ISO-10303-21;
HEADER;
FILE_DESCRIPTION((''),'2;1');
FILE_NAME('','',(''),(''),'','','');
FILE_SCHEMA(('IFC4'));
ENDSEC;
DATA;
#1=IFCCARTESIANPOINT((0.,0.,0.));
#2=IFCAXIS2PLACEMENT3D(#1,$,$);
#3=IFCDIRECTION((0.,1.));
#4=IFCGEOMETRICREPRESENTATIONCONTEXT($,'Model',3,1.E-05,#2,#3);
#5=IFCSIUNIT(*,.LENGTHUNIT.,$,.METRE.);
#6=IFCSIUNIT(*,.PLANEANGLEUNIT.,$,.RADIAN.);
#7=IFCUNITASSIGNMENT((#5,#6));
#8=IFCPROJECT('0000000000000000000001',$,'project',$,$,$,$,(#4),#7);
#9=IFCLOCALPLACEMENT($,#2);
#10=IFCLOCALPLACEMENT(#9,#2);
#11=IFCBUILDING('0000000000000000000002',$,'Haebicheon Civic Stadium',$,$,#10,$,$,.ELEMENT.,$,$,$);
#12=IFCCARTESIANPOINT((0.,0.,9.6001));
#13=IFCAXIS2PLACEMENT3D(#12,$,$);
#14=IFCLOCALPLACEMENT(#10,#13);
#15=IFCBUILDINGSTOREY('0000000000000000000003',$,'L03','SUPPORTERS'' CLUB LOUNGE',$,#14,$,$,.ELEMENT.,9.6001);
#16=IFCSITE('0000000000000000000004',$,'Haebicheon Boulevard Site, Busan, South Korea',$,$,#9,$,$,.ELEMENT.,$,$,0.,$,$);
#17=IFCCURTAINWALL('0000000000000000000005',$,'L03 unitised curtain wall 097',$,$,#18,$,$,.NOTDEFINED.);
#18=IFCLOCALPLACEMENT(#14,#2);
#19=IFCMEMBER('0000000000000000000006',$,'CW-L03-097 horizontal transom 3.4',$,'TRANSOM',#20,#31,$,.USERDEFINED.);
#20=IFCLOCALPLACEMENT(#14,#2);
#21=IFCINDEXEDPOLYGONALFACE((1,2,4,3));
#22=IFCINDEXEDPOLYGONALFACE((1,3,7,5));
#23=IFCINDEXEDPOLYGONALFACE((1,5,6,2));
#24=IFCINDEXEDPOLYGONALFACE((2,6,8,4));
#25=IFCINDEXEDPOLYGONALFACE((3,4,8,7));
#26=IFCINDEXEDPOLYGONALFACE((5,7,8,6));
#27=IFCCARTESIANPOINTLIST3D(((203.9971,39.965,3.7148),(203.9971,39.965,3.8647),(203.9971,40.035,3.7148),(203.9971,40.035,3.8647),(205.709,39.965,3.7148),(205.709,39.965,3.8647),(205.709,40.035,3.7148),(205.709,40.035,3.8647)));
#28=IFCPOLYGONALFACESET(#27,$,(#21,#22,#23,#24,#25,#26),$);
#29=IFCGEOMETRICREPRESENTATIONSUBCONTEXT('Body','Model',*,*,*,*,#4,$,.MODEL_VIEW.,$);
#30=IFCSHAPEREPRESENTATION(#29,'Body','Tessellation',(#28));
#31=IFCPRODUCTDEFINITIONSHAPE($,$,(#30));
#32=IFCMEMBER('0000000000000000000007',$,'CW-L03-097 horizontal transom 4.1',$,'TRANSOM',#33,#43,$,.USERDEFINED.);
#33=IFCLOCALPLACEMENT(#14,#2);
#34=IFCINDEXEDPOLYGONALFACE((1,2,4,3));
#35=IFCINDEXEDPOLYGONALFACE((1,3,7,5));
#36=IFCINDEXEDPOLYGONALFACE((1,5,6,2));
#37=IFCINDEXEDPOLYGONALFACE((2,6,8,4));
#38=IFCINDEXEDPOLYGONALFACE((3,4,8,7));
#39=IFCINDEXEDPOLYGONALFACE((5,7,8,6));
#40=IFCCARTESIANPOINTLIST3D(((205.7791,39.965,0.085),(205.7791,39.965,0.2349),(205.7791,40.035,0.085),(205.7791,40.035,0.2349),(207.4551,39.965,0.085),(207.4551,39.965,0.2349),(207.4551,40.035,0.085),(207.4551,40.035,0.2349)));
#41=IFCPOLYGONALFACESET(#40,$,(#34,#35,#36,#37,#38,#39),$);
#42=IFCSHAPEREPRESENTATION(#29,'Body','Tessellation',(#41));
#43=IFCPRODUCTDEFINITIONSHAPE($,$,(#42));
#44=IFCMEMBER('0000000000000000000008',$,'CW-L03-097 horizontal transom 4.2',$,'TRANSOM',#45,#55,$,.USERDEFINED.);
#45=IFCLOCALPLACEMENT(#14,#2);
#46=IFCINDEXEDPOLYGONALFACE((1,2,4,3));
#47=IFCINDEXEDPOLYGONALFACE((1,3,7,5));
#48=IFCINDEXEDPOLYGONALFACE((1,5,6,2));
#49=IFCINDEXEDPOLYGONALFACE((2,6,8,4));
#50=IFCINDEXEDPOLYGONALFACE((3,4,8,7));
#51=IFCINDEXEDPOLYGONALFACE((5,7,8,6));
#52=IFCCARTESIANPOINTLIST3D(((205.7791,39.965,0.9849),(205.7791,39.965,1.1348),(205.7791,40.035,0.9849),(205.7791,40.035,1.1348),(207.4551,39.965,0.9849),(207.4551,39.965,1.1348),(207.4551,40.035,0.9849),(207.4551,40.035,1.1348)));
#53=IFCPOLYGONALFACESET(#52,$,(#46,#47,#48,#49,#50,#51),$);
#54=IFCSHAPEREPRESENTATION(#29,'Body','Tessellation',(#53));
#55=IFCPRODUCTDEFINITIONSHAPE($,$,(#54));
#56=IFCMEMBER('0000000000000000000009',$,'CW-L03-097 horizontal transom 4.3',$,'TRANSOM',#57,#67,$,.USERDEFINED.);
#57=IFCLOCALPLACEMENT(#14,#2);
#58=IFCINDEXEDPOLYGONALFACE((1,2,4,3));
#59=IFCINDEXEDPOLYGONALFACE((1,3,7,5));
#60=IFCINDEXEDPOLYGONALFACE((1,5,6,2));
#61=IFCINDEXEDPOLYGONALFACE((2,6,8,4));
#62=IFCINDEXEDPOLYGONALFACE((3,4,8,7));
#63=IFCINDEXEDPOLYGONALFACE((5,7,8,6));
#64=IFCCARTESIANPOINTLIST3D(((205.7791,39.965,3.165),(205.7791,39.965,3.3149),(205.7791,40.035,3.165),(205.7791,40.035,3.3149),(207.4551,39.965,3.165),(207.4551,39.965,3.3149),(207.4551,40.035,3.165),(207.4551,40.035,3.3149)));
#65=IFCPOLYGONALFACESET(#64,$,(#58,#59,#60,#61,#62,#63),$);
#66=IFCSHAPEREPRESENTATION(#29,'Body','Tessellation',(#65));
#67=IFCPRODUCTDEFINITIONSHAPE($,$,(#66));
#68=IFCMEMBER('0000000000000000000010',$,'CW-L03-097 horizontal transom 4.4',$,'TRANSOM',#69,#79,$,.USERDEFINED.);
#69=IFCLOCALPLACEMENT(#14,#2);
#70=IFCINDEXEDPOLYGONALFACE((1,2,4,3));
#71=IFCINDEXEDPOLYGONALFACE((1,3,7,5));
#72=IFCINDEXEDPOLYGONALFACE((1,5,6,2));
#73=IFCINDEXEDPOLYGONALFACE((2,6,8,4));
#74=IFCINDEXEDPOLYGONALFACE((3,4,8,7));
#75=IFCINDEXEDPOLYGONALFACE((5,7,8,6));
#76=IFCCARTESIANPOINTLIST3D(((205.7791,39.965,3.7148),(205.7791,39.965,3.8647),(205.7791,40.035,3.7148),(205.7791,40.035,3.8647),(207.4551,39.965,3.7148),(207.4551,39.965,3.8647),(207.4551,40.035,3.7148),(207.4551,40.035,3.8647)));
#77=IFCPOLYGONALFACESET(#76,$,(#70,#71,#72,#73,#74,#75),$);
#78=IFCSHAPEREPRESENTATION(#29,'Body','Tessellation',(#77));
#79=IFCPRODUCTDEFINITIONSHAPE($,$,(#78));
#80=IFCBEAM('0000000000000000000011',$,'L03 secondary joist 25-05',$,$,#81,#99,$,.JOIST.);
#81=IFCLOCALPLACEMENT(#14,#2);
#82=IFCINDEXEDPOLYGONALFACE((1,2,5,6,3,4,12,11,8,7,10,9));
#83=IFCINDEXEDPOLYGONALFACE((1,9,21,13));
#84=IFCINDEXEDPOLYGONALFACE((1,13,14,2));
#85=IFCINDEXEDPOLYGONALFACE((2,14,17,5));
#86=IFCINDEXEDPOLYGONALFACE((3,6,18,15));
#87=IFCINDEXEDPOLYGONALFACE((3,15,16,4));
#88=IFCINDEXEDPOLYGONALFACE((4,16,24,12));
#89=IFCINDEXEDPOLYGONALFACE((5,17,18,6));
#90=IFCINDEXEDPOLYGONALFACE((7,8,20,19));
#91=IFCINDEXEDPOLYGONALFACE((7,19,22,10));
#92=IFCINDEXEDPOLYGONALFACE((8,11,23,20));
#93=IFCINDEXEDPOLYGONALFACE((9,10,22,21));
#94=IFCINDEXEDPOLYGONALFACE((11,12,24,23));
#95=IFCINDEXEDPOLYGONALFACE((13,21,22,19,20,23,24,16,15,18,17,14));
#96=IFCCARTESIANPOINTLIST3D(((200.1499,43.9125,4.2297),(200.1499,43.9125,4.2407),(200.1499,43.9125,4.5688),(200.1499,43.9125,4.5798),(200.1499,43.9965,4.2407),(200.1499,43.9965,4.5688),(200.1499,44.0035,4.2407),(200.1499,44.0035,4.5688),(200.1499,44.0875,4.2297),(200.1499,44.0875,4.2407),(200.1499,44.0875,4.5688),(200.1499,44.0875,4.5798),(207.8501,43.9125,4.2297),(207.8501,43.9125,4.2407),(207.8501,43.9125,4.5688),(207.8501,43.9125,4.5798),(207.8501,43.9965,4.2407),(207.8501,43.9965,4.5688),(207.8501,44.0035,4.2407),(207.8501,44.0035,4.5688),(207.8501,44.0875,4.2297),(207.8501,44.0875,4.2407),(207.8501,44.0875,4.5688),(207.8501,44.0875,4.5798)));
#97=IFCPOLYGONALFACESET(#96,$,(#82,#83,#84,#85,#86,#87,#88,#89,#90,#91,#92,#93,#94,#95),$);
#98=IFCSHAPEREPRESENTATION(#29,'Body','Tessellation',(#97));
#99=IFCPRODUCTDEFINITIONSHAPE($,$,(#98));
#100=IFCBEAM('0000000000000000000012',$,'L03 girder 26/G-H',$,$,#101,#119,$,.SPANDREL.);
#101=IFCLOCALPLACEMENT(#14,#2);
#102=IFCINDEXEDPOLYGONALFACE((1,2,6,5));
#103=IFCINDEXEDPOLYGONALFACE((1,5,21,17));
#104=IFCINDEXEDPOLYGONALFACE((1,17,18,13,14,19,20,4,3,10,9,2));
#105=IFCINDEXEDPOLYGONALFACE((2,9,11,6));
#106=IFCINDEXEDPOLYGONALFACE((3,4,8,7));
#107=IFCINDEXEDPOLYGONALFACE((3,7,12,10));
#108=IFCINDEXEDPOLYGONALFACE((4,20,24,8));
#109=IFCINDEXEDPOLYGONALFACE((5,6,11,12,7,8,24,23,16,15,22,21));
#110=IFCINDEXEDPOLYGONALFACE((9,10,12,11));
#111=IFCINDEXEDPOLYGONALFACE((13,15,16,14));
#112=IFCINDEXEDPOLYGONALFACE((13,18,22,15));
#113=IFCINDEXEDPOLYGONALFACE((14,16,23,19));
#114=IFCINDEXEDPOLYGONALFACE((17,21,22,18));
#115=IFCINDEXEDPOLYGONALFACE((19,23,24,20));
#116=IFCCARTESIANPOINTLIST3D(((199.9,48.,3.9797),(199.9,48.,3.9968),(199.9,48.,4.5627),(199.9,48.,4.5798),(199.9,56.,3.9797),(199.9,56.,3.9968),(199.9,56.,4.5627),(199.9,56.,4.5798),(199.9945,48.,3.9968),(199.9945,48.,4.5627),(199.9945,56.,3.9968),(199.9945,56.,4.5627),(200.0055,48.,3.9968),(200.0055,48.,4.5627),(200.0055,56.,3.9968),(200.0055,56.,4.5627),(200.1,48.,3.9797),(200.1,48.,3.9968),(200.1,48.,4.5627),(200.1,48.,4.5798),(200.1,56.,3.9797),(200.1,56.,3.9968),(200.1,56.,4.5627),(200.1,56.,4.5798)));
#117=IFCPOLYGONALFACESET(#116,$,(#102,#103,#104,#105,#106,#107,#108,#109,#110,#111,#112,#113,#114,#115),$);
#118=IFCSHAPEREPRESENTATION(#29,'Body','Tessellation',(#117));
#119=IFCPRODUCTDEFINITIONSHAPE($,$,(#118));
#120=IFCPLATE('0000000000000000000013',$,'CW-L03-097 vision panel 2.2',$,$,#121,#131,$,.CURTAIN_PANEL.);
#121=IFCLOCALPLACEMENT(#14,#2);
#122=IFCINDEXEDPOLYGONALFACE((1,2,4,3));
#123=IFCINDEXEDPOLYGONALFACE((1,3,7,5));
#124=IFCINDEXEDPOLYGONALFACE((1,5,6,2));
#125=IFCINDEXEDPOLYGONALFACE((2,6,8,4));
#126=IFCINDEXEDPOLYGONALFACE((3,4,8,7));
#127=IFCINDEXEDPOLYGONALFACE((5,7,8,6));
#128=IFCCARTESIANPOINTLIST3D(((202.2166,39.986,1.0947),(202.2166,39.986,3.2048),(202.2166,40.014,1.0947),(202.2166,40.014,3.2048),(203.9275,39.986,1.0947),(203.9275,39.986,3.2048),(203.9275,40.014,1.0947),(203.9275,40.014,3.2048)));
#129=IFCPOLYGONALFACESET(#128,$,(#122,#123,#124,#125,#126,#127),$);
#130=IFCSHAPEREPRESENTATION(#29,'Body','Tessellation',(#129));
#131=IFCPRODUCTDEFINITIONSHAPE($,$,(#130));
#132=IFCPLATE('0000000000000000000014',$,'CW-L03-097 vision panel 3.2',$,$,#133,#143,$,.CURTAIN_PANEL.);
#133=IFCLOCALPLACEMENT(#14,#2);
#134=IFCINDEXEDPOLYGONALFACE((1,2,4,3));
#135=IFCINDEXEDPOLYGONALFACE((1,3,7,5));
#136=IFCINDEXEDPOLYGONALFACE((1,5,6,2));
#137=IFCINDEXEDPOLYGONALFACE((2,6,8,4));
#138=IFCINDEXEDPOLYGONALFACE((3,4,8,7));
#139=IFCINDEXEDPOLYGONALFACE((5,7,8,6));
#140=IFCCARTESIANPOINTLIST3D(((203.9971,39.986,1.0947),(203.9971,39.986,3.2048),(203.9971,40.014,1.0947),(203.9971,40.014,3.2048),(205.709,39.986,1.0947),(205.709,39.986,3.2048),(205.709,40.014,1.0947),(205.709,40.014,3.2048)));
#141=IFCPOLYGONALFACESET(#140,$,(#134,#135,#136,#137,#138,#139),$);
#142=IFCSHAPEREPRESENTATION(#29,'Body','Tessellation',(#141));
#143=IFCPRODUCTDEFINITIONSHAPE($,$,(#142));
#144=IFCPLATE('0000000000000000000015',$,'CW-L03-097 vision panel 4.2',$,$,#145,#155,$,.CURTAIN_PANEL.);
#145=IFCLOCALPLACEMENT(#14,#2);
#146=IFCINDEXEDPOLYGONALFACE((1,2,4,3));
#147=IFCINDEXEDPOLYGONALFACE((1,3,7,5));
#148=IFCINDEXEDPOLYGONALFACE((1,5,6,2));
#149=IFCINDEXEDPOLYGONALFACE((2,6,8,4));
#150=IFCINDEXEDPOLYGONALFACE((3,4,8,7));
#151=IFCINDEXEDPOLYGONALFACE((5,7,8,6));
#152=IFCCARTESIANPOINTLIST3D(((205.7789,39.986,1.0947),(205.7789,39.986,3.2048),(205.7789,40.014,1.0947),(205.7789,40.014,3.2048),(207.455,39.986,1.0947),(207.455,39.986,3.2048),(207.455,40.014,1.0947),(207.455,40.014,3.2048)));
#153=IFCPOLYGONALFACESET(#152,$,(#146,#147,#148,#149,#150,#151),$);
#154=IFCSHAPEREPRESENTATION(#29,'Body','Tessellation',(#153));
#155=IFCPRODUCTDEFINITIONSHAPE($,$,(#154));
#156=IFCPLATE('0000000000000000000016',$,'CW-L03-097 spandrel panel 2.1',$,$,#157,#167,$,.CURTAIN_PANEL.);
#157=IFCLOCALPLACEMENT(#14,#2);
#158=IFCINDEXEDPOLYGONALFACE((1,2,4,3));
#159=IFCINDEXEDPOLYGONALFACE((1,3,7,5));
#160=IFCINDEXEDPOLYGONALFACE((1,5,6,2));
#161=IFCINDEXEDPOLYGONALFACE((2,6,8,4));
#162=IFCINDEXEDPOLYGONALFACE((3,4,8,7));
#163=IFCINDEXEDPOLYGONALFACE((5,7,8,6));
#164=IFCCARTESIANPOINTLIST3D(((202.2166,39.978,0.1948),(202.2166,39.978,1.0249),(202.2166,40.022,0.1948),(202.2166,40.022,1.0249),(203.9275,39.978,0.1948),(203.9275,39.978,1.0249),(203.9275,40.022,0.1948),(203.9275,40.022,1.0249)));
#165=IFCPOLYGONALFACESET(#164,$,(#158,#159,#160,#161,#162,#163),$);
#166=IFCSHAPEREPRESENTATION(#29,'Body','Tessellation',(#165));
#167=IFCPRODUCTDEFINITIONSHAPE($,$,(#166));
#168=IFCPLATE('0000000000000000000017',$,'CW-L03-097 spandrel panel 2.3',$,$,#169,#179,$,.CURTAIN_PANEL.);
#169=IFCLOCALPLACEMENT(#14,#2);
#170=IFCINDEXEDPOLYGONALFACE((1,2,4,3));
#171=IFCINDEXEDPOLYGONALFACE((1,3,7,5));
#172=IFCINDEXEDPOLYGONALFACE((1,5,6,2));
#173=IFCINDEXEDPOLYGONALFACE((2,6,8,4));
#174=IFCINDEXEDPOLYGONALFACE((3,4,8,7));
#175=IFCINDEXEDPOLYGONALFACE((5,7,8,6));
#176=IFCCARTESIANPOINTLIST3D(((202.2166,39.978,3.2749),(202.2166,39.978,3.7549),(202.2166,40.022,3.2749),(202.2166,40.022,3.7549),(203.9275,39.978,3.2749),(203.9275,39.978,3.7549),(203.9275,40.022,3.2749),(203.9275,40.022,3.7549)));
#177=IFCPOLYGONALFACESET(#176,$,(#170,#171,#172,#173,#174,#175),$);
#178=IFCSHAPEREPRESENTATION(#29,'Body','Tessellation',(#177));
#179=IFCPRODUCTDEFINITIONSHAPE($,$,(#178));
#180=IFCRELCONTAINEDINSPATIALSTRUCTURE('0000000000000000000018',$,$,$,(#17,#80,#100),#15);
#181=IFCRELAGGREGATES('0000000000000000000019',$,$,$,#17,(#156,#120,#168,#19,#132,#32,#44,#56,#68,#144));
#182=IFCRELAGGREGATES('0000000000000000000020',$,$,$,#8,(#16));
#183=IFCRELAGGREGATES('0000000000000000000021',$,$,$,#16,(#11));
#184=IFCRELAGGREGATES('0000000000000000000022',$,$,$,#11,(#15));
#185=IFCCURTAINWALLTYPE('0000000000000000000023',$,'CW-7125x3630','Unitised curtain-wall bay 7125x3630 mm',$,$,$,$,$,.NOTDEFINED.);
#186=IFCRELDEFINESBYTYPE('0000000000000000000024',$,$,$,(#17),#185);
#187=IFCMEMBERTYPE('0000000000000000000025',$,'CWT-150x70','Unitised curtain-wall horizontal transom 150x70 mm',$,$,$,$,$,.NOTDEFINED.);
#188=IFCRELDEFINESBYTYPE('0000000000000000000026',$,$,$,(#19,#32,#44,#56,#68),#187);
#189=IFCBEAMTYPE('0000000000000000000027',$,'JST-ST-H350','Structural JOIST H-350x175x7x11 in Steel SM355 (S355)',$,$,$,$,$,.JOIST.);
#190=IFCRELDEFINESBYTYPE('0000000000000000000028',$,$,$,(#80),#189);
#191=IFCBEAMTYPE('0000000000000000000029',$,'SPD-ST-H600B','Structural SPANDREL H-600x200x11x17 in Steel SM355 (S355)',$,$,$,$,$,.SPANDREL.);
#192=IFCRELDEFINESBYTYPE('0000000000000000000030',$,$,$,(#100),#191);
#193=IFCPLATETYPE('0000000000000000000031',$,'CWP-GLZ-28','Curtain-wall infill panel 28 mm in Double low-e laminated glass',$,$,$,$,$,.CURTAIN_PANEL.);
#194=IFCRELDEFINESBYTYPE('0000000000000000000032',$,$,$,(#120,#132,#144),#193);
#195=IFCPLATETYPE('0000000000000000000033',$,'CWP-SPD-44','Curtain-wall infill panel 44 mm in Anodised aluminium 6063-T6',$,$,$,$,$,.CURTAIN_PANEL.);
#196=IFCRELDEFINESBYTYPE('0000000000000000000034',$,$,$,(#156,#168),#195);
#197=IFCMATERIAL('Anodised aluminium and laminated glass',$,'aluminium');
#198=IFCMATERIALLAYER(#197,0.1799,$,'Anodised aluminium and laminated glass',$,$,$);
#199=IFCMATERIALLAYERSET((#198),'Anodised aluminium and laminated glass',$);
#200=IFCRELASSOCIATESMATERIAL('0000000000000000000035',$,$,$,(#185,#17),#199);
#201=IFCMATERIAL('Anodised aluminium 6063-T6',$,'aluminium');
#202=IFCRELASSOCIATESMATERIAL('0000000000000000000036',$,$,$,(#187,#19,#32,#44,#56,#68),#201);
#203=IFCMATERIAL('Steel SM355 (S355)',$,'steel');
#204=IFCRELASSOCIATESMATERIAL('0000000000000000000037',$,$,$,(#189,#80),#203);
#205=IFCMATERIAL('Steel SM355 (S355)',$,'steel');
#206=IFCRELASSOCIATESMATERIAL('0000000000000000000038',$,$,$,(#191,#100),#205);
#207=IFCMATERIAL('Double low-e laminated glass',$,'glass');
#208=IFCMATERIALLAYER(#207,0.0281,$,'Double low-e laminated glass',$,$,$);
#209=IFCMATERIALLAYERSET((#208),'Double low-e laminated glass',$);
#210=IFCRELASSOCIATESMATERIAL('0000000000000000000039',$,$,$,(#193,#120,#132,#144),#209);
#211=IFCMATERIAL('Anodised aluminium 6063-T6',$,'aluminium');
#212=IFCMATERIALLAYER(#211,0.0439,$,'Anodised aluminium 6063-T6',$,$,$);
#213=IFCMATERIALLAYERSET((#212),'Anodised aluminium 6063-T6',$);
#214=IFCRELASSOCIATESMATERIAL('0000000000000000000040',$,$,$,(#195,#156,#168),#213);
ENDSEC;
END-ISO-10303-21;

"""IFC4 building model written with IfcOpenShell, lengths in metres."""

from ifc_helpers import new_model, si_unit, direction, frame, origin, origin_2d, place, context, subcontext, project, spatial, rectangle, i_section, extrude, material, layer, layer_set, material_profile, profile_set, type_object, element, aggregate, save


model = new_model("IFC4")

# Units and contexts
model_context = context("Model", 3, precision=1e-05, world=origin(), true_north=direction((0.0, 1.0)))
body_context = subcontext(model_context, "Body", "Model", "MODEL_VIEW")
ifc_project = project(units=[si_unit("LENGTHUNIT", "METRE"), si_unit("PLANEANGLEUNIT", "RADIAN")], contexts=[model_context])

# Site, building, storey
site_placement = place(None, origin())
site = spatial("IfcSite", under=ifc_project, at=site_placement, Name="Haebicheon Boulevard Site, Busan, South Korea", CompositionType="ELEMENT", RefElevation=0.0)
building_placement = place(site_placement, origin())
building = spatial("IfcBuilding", under=site, at=building_placement, Name="Haebicheon Civic Stadium", CompositionType="ELEMENT")
storey_placement = place(building_placement, frame((0.0, 0.0, 9.6001)))
storey = spatial("IfcBuildingStorey", under=building, at=storey_placement, Name="L03", Description="SUPPORTERS' CLUB LOUNGE", CompositionType="ELEMENT", Elevation=9.6001)

# Curtain wall, members
ifc_material_1 = material(Name="Anodised aluminium and laminated glass", Category="aluminium")
ifc_layer_1 = layer(ifc_material_1, 0.1799, Name="Anodised aluminium and laminated glass")
ifc_layer_set_1 = layer_set([ifc_layer_1], Name="Anodised aluminium and laminated glass")
curtain_wall_type = type_object("IfcCurtainWallType", Name="CW-7125x3630", Description="Unitised curtain-wall bay 7125x3630 mm", PredefinedType="NOTDEFINED", material=ifc_layer_set_1)
curtain_wall_placement = place(storey_placement, origin())
curtain_wall = element("IfcCurtainWall", 1, at=curtain_wall_placement, inside=storey, type_object=curtain_wall_type, material=ifc_layer_set_1, Name="L03 unitised curtain wall 097", PredefinedType="NOTDEFINED")
ifc_material_2 = material(Name="Anodised aluminium 6063-T6", Category="aluminium")
ifc_material_profile_1 = material_profile(ifc_material_2, rectangle(XDim=0.0701, YDim=0.1499, at=origin_2d()), Name="ALU-TRAN-70x150")
ifc_profile_set_1 = profile_set([ifc_material_profile_1], Name="Anodised aluminium 6063-T6")
member_type_1 = type_object("IfcMemberType", Name="CWT-150x70", Description="Unitised curtain-wall horizontal transom 150x70 mm", PredefinedType="NOTDEFINED", material=ifc_profile_set_1)
member_1_placement = place(storey_placement, frame((203.9971, 40.0, 3.7898), z_axis=(1.0, 0.0, 0.0), x_axis=(0.0, 1.0, 0.0)))
member_1 = element("IfcMember", 2, at=member_1_placement, type_object=member_type_1, material=ifc_profile_set_1, Name="CW-L03-097 horizontal transom 3.4", ObjectType="TRANSOM", PredefinedType="USERDEFINED", context=body_context, shape_type="SweptSolid", body=[
    extrude(rectangle(XDim=0.0701, YDim=0.1499, at=origin_2d()), origin(), (0.0, 0.0, 1.0), 1.7119),
])
member_2_placement = place(storey_placement, frame((205.7791, 40.0, 0.1599), z_axis=(1.0, 0.0, 0.0), x_axis=(0.0, 1.0, 0.0)))
member_2 = element("IfcMember", 3, at=member_2_placement, type_object=member_type_1, material=ifc_profile_set_1, Name="CW-L03-097 horizontal transom 4.1", ObjectType="TRANSOM", PredefinedType="USERDEFINED", context=body_context, shape_type="SweptSolid", body=[
    extrude(rectangle(XDim=0.0701, YDim=0.1499, at=origin_2d()), origin(), (0.0, 0.0, 1.0), 1.676),
])
member_3_placement = place(storey_placement, frame((205.7791, 40.0, 1.0598), z_axis=(1.0, 0.0, 0.0), x_axis=(0.0, 1.0, 0.0)))
member_3 = element("IfcMember", 4, at=member_3_placement, type_object=member_type_1, material=ifc_profile_set_1, Name="CW-L03-097 horizontal transom 4.2", ObjectType="TRANSOM", PredefinedType="USERDEFINED", context=body_context, shape_type="SweptSolid", body=[
    extrude(rectangle(XDim=0.0701, YDim=0.1499, at=origin_2d()), origin(), (0.0, 0.0, 1.0), 1.676),
])
member_4_placement = place(storey_placement, frame((205.7791, 40.0, 3.24), z_axis=(1.0, 0.0, 0.0), x_axis=(0.0, 1.0, 0.0)))
member_4 = element("IfcMember", 5, at=member_4_placement, type_object=member_type_1, material=ifc_profile_set_1, Name="CW-L03-097 horizontal transom 4.3", ObjectType="TRANSOM", PredefinedType="USERDEFINED", context=body_context, shape_type="SweptSolid", body=[
    extrude(rectangle(XDim=0.0701, YDim=0.1499, at=origin_2d()), origin(), (0.0, 0.0, 1.0), 1.676),
])
member_5_placement = place(storey_placement, frame((205.7791, 40.0, 3.7898), z_axis=(1.0, 0.0, 0.0), x_axis=(0.0, 1.0, 0.0)))
member_5 = element("IfcMember", 6, at=member_5_placement, type_object=member_type_1, material=ifc_profile_set_1, Name="CW-L03-097 horizontal transom 4.4", ObjectType="TRANSOM", PredefinedType="USERDEFINED", context=body_context, shape_type="SweptSolid", body=[
    extrude(rectangle(XDim=0.0701, YDim=0.1499, at=origin_2d()), origin(), (0.0, 0.0, 1.0), 1.676),
])

# Beams
ifc_material_3 = material(Name="Steel SM355 (S355)", Category="steel")
ifc_material_profile_2 = material_profile(ifc_material_3, i_section(OverallWidth=0.175, OverallDepth=0.3501, WebThickness=0.0071, FlangeThickness=0.011, at=origin_2d()), Name="H-350x175x7x11")
ifc_profile_set_2 = profile_set([ifc_material_profile_2], Name="Steel SM355 (S355)")
beam_type_1 = type_object("IfcBeamType", Name="JST-ST-H350", Description="Structural JOIST H-350x175x7x11 in Steel SM355 (S355)", PredefinedType="JOIST", material=ifc_profile_set_2)
beam_1_placement = place(storey_placement, frame((200.1499, 44.0, 4.4048), z_axis=(1.0, 0.0, 0.0), x_axis=(0.0, 1.0, 0.0)))
element("IfcBeam", 7, at=beam_1_placement, inside=storey, type_object=beam_type_1, material=ifc_profile_set_2, Name="L03 secondary joist 25-05", PredefinedType="JOIST", context=body_context, shape_type="SweptSolid", body=[
    extrude(i_section(OverallWidth=0.175, OverallDepth=0.3501, WebThickness=0.0071, FlangeThickness=0.011, at=origin_2d()), origin(), (0.0, 0.0, 1.0), 7.7002),
])
ifc_material_4 = material(Name="Steel SM355 (S355)", Category="steel")
ifc_material_profile_3 = material_profile(ifc_material_4, i_section(OverallWidth=0.2, OverallDepth=0.6001, WebThickness=0.011, FlangeThickness=0.0171, at=origin_2d()), Name="H-600x200x11x17")
ifc_profile_set_3 = profile_set([ifc_material_profile_3], Name="Steel SM355 (S355)")
beam_type_2 = type_object("IfcBeamType", Name="SPD-ST-H600B", Description="Structural SPANDREL H-600x200x11x17 in Steel SM355 (S355)", PredefinedType="SPANDREL", material=ifc_profile_set_3)
beam_2_placement = place(storey_placement, frame((200.0, 48.0, 4.2798), z_axis=(0.0, 1.0, 0.0), x_axis=(-1.0, 0.0, 0.0)))
element("IfcBeam", 8, at=beam_2_placement, inside=storey, type_object=beam_type_2, material=ifc_profile_set_3, Name="L03 girder 26/G-H", PredefinedType="SPANDREL", context=body_context, shape_type="SweptSolid", body=[
    extrude(i_section(OverallWidth=0.2, OverallDepth=0.6001, WebThickness=0.011, FlangeThickness=0.0171, at=origin_2d()), origin(), (0.0, 0.0, 1.0), 8.0),
])

# Plates
ifc_material_5 = material(Name="Double low-e laminated glass", Category="glass")
ifc_layer_2 = layer(ifc_material_5, 0.0281, Name="Double low-e laminated glass")
ifc_layer_set_2 = layer_set([ifc_layer_2], Name="Double low-e laminated glass")
plate_type_1 = type_object("IfcPlateType", Name="CWP-GLZ-28", Description="Curtain-wall infill panel 28 mm in Double low-e laminated glass", PredefinedType="CURTAIN_PANEL", material=ifc_layer_set_2)
plate_1_placement = place(storey_placement, frame((203.072, 40.0, 1.0947), z_axis=(0.0, 0.0, 1.0), x_axis=(1.0, 0.0, 0.0)))
plate_1 = element("IfcPlate", 9, at=plate_1_placement, type_object=plate_type_1, material=ifc_layer_set_2, Name="CW-L03-097 vision panel 2.2", PredefinedType="CURTAIN_PANEL", context=body_context, shape_type="SweptSolid", body=[
    extrude(rectangle(XDim=1.7109, YDim=0.0281, at=origin_2d()), origin(), (0.0, 0.0, 1.0), 2.1101),
])
plate_2_placement = place(storey_placement, frame((204.853, 40.0, 1.0947), z_axis=(0.0, 0.0, 1.0), x_axis=(1.0, 0.0, 0.0)))
plate_2 = element("IfcPlate", 10, at=plate_2_placement, type_object=plate_type_1, material=ifc_layer_set_2, Name="CW-L03-097 vision panel 3.2", PredefinedType="CURTAIN_PANEL", context=body_context, shape_type="SweptSolid", body=[
    extrude(rectangle(XDim=1.7119, YDim=0.0281, at=origin_2d()), origin(), (0.0, 0.0, 1.0), 2.1101),
])
plate_3_placement = place(storey_placement, frame((206.6169, 40.0, 1.0947), z_axis=(0.0, 0.0, 1.0), x_axis=(1.0, 0.0, 0.0)))
plate_3 = element("IfcPlate", 11, at=plate_3_placement, type_object=plate_type_1, material=ifc_layer_set_2, Name="CW-L03-097 vision panel 4.2", PredefinedType="CURTAIN_PANEL", context=body_context, shape_type="SweptSolid", body=[
    extrude(rectangle(XDim=1.676, YDim=0.0281, at=origin_2d()), origin(), (0.0, 0.0, 1.0), 2.1101),
])
ifc_material_6 = material(Name="Anodised aluminium 6063-T6", Category="aluminium")
ifc_layer_3 = layer(ifc_material_6, 0.0439, Name="Anodised aluminium 6063-T6")
ifc_layer_set_3 = layer_set([ifc_layer_3], Name="Anodised aluminium 6063-T6")
plate_type_2 = type_object("IfcPlateType", Name="CWP-SPD-44", Description="Curtain-wall infill panel 44 mm in Anodised aluminium 6063-T6", PredefinedType="CURTAIN_PANEL", material=ifc_layer_set_3)
plate_4_placement = place(storey_placement, frame((203.072, 40.0, 0.1948), z_axis=(0.0, 0.0, 1.0), x_axis=(1.0, 0.0, 0.0)))
plate_4 = element("IfcPlate", 12, at=plate_4_placement, type_object=plate_type_2, material=ifc_layer_set_3, Name="CW-L03-097 spandrel panel 2.1", PredefinedType="CURTAIN_PANEL", context=body_context, shape_type="SweptSolid", body=[
    extrude(rectangle(XDim=1.7109, YDim=0.0439, at=origin_2d()), origin(), (0.0, 0.0, 1.0), 0.8301),
])
plate_5_placement = place(storey_placement, frame((203.072, 40.0, 3.2749), z_axis=(0.0, 0.0, 1.0), x_axis=(1.0, 0.0, 0.0)))
plate_5 = element("IfcPlate", 13, at=plate_5_placement, type_object=plate_type_2, material=ifc_layer_set_3, Name="CW-L03-097 spandrel panel 2.3", PredefinedType="CURTAIN_PANEL", context=body_context, shape_type="SweptSolid", body=[
    extrude(rectangle(XDim=1.7109, YDim=0.0439, at=origin_2d()), origin(), (0.0, 0.0, 1.0), 0.48),
])
aggregate(curtain_wall, [plate_4, plate_1, plate_5, member_1, plate_2, member_2, member_3, member_4, member_5, plate_3])

save(model, "model.ifc")
